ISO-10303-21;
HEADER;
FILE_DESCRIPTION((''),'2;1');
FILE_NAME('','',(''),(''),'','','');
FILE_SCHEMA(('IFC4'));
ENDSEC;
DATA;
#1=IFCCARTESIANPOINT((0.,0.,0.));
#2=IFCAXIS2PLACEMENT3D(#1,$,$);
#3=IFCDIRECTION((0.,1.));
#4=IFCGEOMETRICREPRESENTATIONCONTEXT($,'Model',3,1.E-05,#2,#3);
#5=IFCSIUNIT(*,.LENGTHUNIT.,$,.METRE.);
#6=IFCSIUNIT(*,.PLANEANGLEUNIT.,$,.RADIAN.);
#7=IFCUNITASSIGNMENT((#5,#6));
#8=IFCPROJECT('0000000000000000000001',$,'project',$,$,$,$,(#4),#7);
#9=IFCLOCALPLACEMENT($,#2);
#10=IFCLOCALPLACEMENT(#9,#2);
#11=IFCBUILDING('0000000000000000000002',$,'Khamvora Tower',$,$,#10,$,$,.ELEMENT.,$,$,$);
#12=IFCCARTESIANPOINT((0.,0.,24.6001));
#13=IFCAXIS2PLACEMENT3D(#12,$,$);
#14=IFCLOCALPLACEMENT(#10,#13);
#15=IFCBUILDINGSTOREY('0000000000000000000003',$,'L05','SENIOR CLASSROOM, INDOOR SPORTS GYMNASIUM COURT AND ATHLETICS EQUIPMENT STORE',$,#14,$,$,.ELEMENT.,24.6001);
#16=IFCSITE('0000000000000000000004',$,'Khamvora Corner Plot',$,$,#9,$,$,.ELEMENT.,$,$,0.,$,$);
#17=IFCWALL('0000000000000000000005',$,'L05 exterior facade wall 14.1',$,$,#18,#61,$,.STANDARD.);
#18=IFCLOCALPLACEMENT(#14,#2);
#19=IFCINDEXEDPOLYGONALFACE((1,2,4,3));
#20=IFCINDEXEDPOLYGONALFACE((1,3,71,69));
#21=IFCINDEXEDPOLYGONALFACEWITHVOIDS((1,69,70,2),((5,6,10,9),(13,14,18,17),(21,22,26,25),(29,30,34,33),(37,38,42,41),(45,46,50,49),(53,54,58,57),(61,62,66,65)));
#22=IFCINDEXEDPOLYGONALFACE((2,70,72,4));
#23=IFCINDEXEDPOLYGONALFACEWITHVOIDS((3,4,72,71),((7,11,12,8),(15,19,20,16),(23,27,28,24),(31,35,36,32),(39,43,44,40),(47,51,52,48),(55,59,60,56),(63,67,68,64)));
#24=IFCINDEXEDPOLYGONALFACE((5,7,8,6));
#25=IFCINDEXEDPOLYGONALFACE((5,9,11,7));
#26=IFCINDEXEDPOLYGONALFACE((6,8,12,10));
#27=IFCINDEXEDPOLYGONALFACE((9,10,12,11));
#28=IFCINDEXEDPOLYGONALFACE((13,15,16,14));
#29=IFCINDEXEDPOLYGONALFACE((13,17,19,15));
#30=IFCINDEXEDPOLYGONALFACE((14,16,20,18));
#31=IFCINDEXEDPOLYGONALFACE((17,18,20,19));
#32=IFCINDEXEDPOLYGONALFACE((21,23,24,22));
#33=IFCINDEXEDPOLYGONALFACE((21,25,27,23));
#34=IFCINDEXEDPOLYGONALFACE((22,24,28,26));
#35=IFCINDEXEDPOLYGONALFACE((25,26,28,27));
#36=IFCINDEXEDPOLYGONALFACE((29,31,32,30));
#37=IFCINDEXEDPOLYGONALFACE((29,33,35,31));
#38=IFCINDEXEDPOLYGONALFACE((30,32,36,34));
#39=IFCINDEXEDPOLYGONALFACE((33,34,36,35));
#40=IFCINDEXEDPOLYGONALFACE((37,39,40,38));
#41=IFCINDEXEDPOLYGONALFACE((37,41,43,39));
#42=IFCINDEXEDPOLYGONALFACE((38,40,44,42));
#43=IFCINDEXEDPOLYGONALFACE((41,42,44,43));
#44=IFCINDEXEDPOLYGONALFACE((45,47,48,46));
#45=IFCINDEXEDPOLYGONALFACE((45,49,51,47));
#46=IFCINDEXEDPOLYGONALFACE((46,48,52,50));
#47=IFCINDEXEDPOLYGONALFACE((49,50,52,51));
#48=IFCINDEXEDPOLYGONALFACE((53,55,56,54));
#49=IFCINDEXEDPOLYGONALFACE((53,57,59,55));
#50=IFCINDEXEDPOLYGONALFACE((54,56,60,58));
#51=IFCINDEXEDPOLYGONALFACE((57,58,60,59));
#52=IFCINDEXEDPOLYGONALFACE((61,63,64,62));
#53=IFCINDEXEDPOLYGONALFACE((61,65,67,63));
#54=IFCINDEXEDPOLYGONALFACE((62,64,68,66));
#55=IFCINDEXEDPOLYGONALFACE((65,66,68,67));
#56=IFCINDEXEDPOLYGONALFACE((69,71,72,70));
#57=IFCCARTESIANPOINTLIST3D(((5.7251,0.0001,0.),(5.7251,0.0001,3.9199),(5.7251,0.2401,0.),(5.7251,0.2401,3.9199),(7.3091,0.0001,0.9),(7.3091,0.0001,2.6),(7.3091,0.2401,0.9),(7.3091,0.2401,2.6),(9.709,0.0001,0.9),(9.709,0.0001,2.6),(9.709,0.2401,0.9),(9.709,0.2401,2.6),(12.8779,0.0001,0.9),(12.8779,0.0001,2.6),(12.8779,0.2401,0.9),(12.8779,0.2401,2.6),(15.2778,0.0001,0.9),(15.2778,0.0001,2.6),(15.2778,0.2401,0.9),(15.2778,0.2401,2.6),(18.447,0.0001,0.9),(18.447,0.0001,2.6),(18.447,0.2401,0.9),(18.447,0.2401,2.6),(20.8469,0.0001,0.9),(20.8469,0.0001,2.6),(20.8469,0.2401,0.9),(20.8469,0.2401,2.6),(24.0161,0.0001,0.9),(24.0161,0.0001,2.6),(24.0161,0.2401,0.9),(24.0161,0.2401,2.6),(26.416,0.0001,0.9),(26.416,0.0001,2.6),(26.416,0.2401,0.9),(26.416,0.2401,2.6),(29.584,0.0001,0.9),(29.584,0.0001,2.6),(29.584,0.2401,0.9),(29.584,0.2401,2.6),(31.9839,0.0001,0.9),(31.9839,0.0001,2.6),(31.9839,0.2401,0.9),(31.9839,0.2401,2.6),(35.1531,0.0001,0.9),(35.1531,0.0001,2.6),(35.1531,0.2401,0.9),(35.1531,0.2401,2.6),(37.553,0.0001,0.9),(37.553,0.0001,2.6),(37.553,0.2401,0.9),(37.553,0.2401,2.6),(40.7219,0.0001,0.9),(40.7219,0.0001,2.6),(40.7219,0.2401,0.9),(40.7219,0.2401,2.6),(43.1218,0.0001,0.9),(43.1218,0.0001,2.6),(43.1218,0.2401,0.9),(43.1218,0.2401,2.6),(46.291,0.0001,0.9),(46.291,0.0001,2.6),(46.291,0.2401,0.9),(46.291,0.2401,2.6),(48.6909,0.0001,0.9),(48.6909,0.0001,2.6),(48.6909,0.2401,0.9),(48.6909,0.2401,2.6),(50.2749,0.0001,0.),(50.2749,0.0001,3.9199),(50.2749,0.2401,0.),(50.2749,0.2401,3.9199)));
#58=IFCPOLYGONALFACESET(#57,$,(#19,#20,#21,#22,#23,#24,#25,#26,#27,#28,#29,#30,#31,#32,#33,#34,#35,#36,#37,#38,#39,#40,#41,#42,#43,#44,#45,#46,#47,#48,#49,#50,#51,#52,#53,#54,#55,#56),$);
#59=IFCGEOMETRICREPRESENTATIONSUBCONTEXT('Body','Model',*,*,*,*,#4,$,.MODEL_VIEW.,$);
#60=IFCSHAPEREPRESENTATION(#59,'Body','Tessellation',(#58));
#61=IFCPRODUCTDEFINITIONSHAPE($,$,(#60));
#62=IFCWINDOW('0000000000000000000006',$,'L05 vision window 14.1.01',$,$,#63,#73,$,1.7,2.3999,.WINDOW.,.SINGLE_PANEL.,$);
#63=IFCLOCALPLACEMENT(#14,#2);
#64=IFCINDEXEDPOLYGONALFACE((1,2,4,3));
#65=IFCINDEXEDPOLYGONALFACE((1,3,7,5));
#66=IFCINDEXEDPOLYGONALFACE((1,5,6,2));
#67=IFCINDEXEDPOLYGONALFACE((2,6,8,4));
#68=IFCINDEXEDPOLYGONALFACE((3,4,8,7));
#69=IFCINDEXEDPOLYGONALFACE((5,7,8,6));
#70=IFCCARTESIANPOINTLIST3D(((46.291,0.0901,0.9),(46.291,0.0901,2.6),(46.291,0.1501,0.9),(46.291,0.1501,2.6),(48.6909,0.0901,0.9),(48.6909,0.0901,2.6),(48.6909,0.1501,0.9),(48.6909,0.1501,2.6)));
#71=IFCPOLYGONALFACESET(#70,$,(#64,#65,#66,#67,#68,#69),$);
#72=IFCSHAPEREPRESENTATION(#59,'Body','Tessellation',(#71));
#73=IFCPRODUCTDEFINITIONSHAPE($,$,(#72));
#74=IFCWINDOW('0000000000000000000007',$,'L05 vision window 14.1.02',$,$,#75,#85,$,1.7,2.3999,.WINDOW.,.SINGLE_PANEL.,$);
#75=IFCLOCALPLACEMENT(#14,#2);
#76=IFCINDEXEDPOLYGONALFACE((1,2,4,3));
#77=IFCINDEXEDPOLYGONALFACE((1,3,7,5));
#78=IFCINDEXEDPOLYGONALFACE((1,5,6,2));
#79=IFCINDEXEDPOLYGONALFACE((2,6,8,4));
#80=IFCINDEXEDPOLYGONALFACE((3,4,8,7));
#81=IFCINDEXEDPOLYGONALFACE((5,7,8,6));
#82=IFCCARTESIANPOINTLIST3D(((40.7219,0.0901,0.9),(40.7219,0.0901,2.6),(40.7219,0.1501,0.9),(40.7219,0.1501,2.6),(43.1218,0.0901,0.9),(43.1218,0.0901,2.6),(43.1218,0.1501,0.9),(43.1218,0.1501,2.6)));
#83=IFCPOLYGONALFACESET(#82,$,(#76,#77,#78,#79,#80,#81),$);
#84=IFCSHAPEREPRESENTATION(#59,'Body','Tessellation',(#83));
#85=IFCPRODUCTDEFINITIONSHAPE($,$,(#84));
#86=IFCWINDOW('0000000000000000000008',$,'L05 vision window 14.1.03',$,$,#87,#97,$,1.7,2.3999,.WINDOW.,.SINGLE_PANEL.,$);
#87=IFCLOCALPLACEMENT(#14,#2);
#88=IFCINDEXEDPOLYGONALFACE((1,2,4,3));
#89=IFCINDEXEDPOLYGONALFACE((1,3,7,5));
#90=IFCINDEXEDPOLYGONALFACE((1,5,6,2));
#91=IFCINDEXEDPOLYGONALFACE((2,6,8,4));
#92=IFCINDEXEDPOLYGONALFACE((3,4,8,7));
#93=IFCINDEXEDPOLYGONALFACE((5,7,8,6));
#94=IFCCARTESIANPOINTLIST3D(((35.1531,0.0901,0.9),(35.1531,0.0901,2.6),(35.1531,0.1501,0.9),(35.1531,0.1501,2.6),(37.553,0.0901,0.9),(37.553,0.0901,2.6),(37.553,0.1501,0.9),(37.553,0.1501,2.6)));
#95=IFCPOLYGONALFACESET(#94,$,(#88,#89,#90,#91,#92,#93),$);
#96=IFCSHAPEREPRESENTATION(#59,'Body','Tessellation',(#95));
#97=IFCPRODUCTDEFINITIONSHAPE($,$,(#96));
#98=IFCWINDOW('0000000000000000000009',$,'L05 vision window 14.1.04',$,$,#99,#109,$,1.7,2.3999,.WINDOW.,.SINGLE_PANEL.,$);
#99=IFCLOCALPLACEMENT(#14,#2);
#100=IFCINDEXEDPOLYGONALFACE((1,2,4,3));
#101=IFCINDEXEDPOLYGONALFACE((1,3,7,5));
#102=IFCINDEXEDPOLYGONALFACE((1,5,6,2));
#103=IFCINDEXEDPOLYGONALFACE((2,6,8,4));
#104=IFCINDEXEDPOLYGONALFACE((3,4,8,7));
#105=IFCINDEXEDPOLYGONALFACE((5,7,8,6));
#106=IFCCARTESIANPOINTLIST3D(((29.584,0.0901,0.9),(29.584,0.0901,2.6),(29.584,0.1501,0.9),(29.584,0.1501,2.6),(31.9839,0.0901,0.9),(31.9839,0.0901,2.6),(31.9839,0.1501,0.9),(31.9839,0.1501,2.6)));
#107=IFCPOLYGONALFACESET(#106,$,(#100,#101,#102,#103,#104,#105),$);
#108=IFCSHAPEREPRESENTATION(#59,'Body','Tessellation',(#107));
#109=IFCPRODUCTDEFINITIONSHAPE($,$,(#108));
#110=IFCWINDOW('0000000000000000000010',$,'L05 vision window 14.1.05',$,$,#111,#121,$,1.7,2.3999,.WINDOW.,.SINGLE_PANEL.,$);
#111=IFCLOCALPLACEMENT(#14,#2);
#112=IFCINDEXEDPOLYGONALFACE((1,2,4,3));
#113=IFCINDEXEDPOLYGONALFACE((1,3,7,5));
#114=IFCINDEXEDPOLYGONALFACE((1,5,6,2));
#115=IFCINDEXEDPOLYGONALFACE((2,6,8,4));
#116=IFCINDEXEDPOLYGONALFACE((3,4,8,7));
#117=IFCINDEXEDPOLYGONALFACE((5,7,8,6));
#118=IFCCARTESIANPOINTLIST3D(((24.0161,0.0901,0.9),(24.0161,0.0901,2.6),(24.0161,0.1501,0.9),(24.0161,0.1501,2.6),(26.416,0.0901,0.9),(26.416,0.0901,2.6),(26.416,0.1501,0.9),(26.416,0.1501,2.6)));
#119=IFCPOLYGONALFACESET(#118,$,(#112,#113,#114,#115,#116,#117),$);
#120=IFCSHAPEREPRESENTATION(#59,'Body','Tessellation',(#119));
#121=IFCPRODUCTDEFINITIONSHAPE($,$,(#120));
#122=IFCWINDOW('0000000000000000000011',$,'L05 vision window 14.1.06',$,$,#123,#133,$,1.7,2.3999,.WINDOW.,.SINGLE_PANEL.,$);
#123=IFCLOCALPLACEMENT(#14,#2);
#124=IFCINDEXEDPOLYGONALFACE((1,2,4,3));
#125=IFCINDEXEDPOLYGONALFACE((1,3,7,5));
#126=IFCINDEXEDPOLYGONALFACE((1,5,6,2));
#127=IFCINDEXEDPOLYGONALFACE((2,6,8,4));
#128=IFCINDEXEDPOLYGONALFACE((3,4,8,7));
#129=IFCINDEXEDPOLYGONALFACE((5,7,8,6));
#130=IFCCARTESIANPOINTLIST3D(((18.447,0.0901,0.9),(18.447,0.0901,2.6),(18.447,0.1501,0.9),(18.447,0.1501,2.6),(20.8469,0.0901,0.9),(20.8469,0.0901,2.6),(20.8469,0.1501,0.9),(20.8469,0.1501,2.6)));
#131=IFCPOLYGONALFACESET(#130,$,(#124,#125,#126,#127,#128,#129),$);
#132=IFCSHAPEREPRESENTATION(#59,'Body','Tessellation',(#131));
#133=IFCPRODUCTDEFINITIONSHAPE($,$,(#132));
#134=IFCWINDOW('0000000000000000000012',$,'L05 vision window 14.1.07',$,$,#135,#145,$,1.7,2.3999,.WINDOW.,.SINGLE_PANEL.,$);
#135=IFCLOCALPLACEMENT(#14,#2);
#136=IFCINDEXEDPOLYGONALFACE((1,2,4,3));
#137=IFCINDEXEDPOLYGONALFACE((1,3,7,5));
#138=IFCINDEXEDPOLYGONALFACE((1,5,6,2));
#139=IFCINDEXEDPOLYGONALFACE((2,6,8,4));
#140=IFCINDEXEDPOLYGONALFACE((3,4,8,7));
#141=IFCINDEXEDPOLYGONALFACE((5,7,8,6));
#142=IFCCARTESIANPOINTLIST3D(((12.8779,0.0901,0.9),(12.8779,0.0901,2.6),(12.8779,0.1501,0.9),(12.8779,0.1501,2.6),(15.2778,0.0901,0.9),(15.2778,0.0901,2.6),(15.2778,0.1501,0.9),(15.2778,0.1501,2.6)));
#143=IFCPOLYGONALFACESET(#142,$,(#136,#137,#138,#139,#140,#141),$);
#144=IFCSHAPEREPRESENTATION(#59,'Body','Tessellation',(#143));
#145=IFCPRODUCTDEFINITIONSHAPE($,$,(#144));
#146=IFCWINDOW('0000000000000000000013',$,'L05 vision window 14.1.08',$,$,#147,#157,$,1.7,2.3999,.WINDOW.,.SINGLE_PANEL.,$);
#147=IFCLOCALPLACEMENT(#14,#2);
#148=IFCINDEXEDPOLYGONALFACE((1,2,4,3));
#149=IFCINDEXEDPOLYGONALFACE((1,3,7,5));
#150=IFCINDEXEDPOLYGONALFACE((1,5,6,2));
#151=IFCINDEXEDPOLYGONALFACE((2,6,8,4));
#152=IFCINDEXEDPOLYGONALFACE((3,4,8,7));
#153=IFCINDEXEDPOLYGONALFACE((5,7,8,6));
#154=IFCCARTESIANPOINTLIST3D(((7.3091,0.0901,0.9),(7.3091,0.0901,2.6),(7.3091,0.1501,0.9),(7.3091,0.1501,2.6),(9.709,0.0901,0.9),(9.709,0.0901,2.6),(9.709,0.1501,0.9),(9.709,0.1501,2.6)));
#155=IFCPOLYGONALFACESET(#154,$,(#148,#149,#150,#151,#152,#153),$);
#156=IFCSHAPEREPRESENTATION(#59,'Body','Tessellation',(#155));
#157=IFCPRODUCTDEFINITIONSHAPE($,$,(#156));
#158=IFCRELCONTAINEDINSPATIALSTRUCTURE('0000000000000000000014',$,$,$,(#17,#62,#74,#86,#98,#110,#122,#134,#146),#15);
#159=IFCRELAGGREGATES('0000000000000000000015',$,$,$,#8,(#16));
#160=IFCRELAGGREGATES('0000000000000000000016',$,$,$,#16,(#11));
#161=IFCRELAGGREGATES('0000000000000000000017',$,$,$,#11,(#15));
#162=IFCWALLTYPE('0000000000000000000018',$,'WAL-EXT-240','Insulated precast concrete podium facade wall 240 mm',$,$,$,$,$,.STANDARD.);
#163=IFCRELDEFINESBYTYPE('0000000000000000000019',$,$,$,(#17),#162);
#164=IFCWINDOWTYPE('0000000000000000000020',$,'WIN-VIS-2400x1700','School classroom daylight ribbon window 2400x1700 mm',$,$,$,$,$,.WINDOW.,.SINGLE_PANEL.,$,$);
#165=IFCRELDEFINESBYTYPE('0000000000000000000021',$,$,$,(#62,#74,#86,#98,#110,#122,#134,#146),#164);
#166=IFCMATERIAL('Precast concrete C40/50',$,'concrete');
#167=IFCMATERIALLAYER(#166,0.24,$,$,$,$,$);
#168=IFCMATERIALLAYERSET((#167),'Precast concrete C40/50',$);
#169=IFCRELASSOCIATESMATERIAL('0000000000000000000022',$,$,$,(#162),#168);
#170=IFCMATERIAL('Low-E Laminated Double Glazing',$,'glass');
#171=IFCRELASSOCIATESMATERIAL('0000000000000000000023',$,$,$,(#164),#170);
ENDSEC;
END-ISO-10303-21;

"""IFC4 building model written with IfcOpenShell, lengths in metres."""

from ifc_helpers import new_model, si_unit, direction, frame, frame_2d, origin, place, context, subcontext, project, spatial, rectangle, extrude, material, layer, layer_set, type_object, element, fill, save


model = new_model("IFC4")

# Units and contexts
model_context = context("Model", 3, precision=1e-05, world=origin(), true_north=direction((0.0, 1.0)))
body_context = subcontext(model_context, "Body", "Model", "MODEL_VIEW")
ifc_project = project(units=[si_unit("LENGTHUNIT", "METRE"), si_unit("PLANEANGLEUNIT", "RADIAN")], contexts=[model_context])

# Site, building, storey
site_placement = place(None, origin())
site = spatial("IfcSite", under=ifc_project, at=site_placement, Name="Khamvora Corner Plot", CompositionType="ELEMENT", RefElevation=0.0)
building_placement = place(site_placement, origin())
building = spatial("IfcBuilding", under=site, at=building_placement, Name="Khamvora Tower", CompositionType="ELEMENT")
storey_placement = place(building_placement, frame((0.0, 0.0, 24.6001)))
storey = spatial("IfcBuildingStorey", under=building, at=storey_placement, Name="L05", Description="SENIOR CLASSROOM, INDOOR SPORTS GYMNASIUM COURT AND ATHLETICS EQUIPMENT STORE", CompositionType="ELEMENT", Elevation=24.6001)

# Shared definitions
ifc_material_1 = material(Name="Precast concrete C40/50", Category="concrete")
ifc_layer_1 = layer(ifc_material_1, 0.24)
ifc_layer_set_1 = layer_set([ifc_layer_1], Name="Precast concrete C40/50")
wall_type_1 = type_object("IfcWallType", Name="WAL-EXT-240", Description="Insulated precast concrete podium facade wall 240 mm", PredefinedType="STANDARD", material=ifc_layer_set_1)

# Wall, openings, windows
wall_1_placement = place(storey_placement, frame((50.2749, 0.1201, 0.0), z_axis=(0.0, 0.0, 1.0), x_axis=(-1.0, 0.0, 0.0)))
wall_1 = element("IfcWall", 1, at=wall_1_placement, inside=storey, type_object=wall_type_1, Name="L05 exterior facade wall 14.1", PredefinedType="STANDARD", context=body_context, shape_type="SweptSolid", body=[
    extrude(rectangle(XDim=44.5498, YDim=0.24, at=frame_2d((22.2749, 0.0))), origin(), (0.0, 0.0, 1.0), 3.9199),
])
opening_1_placement = place(wall_1_placement, frame((1.584, 0.0, 0.8999)))
opening_1 = element("IfcOpeningElement", 2, at=opening_1_placement, cuts=wall_1, PredefinedType="OPENING", context=body_context, shape_type="SweptSolid", body=[
    extrude(rectangle(XDim=2.3999, YDim=1.7, at=frame_2d((1.2, 0.8501))), frame((0.0, 0.1299, 0.0), z_axis=(0.0, -1.0, 0.0), x_axis=(1.0, 0.0, 0.0)), (0.0, 0.0, 1.0), 0.26),
])
opening_2_placement = place(wall_1_placement, frame((7.1531, 0.0, 0.8999)))
opening_2 = element("IfcOpeningElement", 3, at=opening_2_placement, cuts=wall_1, PredefinedType="OPENING", context=body_context, shape_type="SweptSolid", body=[
    extrude(rectangle(XDim=2.3999, YDim=1.7, at=frame_2d((1.2, 0.8501))), frame((0.0, 0.1299, 0.0), z_axis=(0.0, -1.0, 0.0), x_axis=(1.0, 0.0, 0.0)), (0.0, 0.0, 1.0), 0.26),
])
opening_3_placement = place(wall_1_placement, frame((12.7219, 0.0, 0.8999)))
opening_3 = element("IfcOpeningElement", 4, at=opening_3_placement, cuts=wall_1, PredefinedType="OPENING", context=body_context, shape_type="SweptSolid", body=[
    extrude(rectangle(XDim=2.3999, YDim=1.7, at=frame_2d((1.2, 0.8501))), frame((0.0, 0.1299, 0.0), z_axis=(0.0, -1.0, 0.0), x_axis=(1.0, 0.0, 0.0)), (0.0, 0.0, 1.0), 0.26),
])
opening_4_placement = place(wall_1_placement, frame((18.291, 0.0, 0.8999)))
opening_4 = element("IfcOpeningElement", 5, at=opening_4_placement, cuts=wall_1, PredefinedType="OPENING", context=body_context, shape_type="SweptSolid", body=[
    extrude(rectangle(XDim=2.3999, YDim=1.7, at=frame_2d((1.2, 0.8501))), frame((0.0, 0.1299, 0.0), z_axis=(0.0, -1.0, 0.0), x_axis=(1.0, 0.0, 0.0)), (0.0, 0.0, 1.0), 0.26),
])
opening_5_placement = place(wall_1_placement, frame((23.8589, 0.0, 0.8999)))
opening_5 = element("IfcOpeningElement", 6, at=opening_5_placement, cuts=wall_1, PredefinedType="OPENING", context=body_context, shape_type="SweptSolid", body=[
    extrude(rectangle(XDim=2.3999, YDim=1.7, at=frame_2d((1.2, 0.8501))), frame((0.0, 0.1299, 0.0), z_axis=(0.0, -1.0, 0.0), x_axis=(1.0, 0.0, 0.0)), (0.0, 0.0, 1.0), 0.26),
])
opening_6_placement = place(wall_1_placement, frame((29.428, 0.0, 0.8999)))
opening_6 = element("IfcOpeningElement", 7, at=opening_6_placement, cuts=wall_1, PredefinedType="OPENING", context=body_context, shape_type="SweptSolid", body=[
    extrude(rectangle(XDim=2.3999, YDim=1.7, at=frame_2d((1.2, 0.8501))), frame((0.0, 0.1299, 0.0), z_axis=(0.0, -1.0, 0.0), x_axis=(1.0, 0.0, 0.0)), (0.0, 0.0, 1.0), 0.26),
])
opening_7_placement = place(wall_1_placement, frame((34.9971, 0.0, 0.8999)))
opening_7 = element("IfcOpeningElement", 8, at=opening_7_placement, cuts=wall_1, PredefinedType="OPENING", context=body_context, shape_type="SweptSolid", body=[
    extrude(rectangle(XDim=2.3999, YDim=1.7, at=frame_2d((1.2, 0.8501))), frame((0.0, 0.1299, 0.0), z_axis=(0.0, -1.0, 0.0), x_axis=(1.0, 0.0, 0.0)), (0.0, 0.0, 1.0), 0.26),
])
opening_8_placement = place(wall_1_placement, frame((40.5659, 0.0, 0.8999)))
opening_8 = element("IfcOpeningElement", 9, at=opening_8_placement, cuts=wall_1, PredefinedType="OPENING", context=body_context, shape_type="SweptSolid", body=[
    extrude(rectangle(XDim=2.3999, YDim=1.7, at=frame_2d((1.2, 0.8501))), frame((0.0, 0.1299, 0.0), z_axis=(0.0, -1.0, 0.0), x_axis=(1.0, 0.0, 0.0)), (0.0, 0.0, 1.0), 0.26),
])
ifc_material_2 = material(Name="Low-E Laminated Double Glazing", Category="glass")
window_type = type_object("IfcWindowType", Name="WIN-VIS-2400x1700", Description="School classroom daylight ribbon window 2400x1700 mm", PartitioningType="SINGLE_PANEL", PredefinedType="WINDOW", material=ifc_material_2)
window_1_placement = place(opening_1_placement, origin())
window_1 = element("IfcWindow", 10, at=window_1_placement, inside=storey, type_object=window_type, Name="L05 vision window 14.1.01", OverallHeight=1.7, OverallWidth=2.3999, PartitioningType="SINGLE_PANEL", PredefinedType="WINDOW", context=body_context, shape_type="SweptSolid", body=[
    extrude(rectangle(XDim=2.3999, YDim=1.7, at=frame_2d((1.2, 0.8501))), frame((0.0, 0.03, 0.0), z_axis=(0.0, -1.0, 0.0), x_axis=(1.0, 0.0, 0.0)), (0.0, 0.0, 1.0), 0.0601),
])
fill(opening_1, window_1)
window_2_placement = place(opening_2_placement, origin())
window_2 = element("IfcWindow", 11, at=window_2_placement, inside=storey, type_object=window_type, Name="L05 vision window 14.1.02", OverallHeight=1.7, OverallWidth=2.3999, PartitioningType="SINGLE_PANEL", PredefinedType="WINDOW", context=body_context, shape_type="SweptSolid", body=[
    extrude(rectangle(XDim=2.3999, YDim=1.7, at=frame_2d((1.2, 0.8501))), frame((0.0, 0.03, 0.0), z_axis=(0.0, -1.0, 0.0), x_axis=(1.0, 0.0, 0.0)), (0.0, 0.0, 1.0), 0.0601),
])
fill(opening_2, window_2)
window_3_placement = place(opening_3_placement, origin())
window_3 = element("IfcWindow", 12, at=window_3_placement, inside=storey, type_object=window_type, Name="L05 vision window 14.1.03", OverallHeight=1.7, OverallWidth=2.3999, PartitioningType="SINGLE_PANEL", PredefinedType="WINDOW", context=body_context, shape_type="SweptSolid", body=[
    extrude(rectangle(XDim=2.3999, YDim=1.7, at=frame_2d((1.2, 0.8501))), frame((0.0, 0.03, 0.0), z_axis=(0.0, -1.0, 0.0), x_axis=(1.0, 0.0, 0.0)), (0.0, 0.0, 1.0), 0.0601),
])
fill(opening_3, window_3)
window_4_placement = place(opening_4_placement, origin())
window_4 = element("IfcWindow", 13, at=window_4_placement, inside=storey, type_object=window_type, Name="L05 vision window 14.1.04", OverallHeight=1.7, OverallWidth=2.3999, PartitioningType="SINGLE_PANEL", PredefinedType="WINDOW", context=body_context, shape_type="SweptSolid", body=[
    extrude(rectangle(XDim=2.3999, YDim=1.7, at=frame_2d((1.2, 0.8501))), frame((0.0, 0.03, 0.0), z_axis=(0.0, -1.0, 0.0), x_axis=(1.0, 0.0, 0.0)), (0.0, 0.0, 1.0), 0.0601),
])
fill(opening_4, window_4)
window_5_placement = place(opening_5_placement, origin())
window_5 = element("IfcWindow", 14, at=window_5_placement, inside=storey, type_object=window_type, Name="L05 vision window 14.1.05", OverallHeight=1.7, OverallWidth=2.3999, PartitioningType="SINGLE_PANEL", PredefinedType="WINDOW", context=body_context, shape_type="SweptSolid", body=[
    extrude(rectangle(XDim=2.3999, YDim=1.7, at=frame_2d((1.2, 0.8501))), frame((0.0, 0.03, 0.0), z_axis=(0.0, -1.0, 0.0), x_axis=(1.0, 0.0, 0.0)), (0.0, 0.0, 1.0), 0.0601),
])
fill(opening_5, window_5)
window_6_placement = place(opening_6_placement, origin())
window_6 = element("IfcWindow", 15, at=window_6_placement, inside=storey, type_object=window_type, Name="L05 vision window 14.1.06", OverallHeight=1.7, OverallWidth=2.3999, PartitioningType="SINGLE_PANEL", PredefinedType="WINDOW", context=body_context, shape_type="SweptSolid", body=[
    extrude(rectangle(XDim=2.3999, YDim=1.7, at=frame_2d((1.2, 0.8501))), frame((0.0, 0.03, 0.0), z_axis=(0.0, -1.0, 0.0), x_axis=(1.0, 0.0, 0.0)), (0.0, 0.0, 1.0), 0.0601),
])
fill(opening_6, window_6)
window_7_placement = place(opening_7_placement, origin())
window_7 = element("IfcWindow", 16, at=window_7_placement, inside=storey, type_object=window_type, Name="L05 vision window 14.1.07", OverallHeight=1.7, OverallWidth=2.3999, PartitioningType="SINGLE_PANEL", PredefinedType="WINDOW", context=body_context, shape_type="SweptSolid", body=[
    extrude(rectangle(XDim=2.3999, YDim=1.7, at=frame_2d((1.2, 0.8501))), frame((0.0, 0.03, 0.0), z_axis=(0.0, -1.0, 0.0), x_axis=(1.0, 0.0, 0.0)), (0.0, 0.0, 1.0), 0.0601),
])
fill(opening_7, window_7)
window_8_placement = place(opening_8_placement, origin())
window_8 = element("IfcWindow", 17, at=window_8_placement, inside=storey, type_object=window_type, Name="L05 vision window 14.1.08", OverallHeight=1.7, OverallWidth=2.3999, PartitioningType="SINGLE_PANEL", PredefinedType="WINDOW", context=body_context, shape_type="SweptSolid", body=[
    extrude(rectangle(XDim=2.3999, YDim=1.7, at=frame_2d((1.2, 0.8501))), frame((0.0, 0.03, 0.0), z_axis=(0.0, -1.0, 0.0), x_axis=(1.0, 0.0, 0.0)), (0.0, 0.0, 1.0), 0.0601),
])
fill(opening_8, window_8)

save(model, "model.ifc")
